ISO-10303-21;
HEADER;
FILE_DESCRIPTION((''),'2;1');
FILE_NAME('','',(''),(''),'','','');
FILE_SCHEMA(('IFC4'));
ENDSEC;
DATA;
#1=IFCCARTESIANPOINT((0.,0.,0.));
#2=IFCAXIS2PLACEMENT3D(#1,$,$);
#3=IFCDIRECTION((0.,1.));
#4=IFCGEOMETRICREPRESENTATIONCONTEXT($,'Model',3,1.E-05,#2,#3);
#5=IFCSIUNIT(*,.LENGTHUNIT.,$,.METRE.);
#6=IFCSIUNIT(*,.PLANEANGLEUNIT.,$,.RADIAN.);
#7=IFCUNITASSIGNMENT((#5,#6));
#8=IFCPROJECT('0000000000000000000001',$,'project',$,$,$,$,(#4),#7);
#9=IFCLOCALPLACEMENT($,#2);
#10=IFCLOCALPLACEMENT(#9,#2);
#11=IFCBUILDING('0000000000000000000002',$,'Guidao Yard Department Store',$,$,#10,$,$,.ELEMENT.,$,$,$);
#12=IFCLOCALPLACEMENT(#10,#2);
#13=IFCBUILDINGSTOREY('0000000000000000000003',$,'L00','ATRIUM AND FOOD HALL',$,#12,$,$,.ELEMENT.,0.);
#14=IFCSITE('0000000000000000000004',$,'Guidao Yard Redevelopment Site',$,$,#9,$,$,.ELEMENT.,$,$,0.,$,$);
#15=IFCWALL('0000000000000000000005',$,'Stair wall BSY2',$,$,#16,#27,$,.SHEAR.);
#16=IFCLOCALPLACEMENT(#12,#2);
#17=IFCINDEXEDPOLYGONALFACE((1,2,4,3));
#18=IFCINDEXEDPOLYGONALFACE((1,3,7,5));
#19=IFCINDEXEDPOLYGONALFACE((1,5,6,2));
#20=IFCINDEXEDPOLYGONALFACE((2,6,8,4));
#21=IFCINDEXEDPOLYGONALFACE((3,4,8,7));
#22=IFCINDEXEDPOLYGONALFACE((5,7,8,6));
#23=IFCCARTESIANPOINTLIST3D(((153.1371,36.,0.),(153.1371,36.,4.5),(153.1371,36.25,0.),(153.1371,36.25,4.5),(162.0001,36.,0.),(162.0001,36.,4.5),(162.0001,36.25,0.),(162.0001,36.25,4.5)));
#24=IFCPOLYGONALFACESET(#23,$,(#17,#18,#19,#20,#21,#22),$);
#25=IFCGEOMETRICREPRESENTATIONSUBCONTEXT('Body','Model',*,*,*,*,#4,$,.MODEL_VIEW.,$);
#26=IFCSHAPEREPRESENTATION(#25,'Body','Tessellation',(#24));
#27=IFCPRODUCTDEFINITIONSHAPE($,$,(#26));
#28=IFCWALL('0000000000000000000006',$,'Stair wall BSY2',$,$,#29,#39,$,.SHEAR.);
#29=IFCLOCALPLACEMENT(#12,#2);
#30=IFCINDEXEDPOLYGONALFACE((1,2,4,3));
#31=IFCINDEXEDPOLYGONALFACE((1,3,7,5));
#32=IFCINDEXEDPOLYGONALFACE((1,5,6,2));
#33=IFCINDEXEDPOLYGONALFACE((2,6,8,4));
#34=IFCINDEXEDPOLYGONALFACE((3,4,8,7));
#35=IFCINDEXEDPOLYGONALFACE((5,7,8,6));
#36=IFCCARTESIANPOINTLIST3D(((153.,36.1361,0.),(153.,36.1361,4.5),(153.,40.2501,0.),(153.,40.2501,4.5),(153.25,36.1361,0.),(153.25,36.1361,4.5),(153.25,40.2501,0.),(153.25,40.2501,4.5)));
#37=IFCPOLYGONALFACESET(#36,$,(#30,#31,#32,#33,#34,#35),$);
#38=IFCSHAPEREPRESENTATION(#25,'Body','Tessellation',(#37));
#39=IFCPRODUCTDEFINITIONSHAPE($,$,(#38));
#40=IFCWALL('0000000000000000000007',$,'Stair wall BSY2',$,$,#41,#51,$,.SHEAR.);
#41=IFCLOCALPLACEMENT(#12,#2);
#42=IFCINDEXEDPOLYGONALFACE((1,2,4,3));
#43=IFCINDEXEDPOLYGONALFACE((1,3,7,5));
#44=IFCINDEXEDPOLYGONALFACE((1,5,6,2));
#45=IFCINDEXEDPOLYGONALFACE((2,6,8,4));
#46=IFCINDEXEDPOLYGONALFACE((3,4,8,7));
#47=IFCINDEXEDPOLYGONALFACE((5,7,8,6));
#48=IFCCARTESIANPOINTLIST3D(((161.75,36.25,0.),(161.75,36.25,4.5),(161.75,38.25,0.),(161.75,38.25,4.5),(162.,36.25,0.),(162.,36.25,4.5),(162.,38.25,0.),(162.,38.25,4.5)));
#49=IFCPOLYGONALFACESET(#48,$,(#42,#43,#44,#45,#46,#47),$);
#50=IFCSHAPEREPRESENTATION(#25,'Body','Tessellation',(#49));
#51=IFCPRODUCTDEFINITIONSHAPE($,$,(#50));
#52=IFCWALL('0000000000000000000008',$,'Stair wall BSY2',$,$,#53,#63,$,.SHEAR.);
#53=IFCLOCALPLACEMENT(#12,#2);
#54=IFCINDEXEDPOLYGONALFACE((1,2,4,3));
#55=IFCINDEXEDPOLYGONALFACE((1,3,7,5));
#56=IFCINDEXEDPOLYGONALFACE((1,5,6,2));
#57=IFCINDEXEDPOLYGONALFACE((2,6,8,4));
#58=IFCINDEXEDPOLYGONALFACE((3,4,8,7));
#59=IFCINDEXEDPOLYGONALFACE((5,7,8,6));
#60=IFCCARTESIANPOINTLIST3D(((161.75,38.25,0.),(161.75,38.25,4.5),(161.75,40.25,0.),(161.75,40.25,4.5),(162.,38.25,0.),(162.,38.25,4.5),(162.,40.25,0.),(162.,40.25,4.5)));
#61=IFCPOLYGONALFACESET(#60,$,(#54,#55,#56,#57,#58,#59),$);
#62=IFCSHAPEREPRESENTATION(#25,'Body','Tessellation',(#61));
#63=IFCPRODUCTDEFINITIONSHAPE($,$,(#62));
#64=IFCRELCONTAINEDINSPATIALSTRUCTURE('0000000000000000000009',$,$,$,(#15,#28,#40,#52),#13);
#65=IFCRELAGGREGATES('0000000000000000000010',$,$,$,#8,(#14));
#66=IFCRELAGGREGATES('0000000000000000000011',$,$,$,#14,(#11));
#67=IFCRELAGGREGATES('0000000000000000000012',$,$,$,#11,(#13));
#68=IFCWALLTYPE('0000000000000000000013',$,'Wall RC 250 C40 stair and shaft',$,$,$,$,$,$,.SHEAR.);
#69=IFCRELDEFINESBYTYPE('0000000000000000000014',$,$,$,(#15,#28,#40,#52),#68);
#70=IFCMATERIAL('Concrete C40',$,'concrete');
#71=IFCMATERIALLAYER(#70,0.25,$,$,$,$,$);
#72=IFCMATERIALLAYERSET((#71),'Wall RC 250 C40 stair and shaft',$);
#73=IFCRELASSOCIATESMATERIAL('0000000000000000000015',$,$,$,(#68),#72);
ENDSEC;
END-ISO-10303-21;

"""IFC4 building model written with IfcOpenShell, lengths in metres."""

from ifc_helpers import new_model, si_unit, direction, frame, frame_2d, origin, place, context, subcontext, project, spatial, rectangle, extrude, material, layer, layer_set, type_object, element, save


model = new_model("IFC4")

# Units and contexts
model_context = context("Model", 3, precision=1e-05, world=origin(), true_north=direction((0.0, 1.0)))
body_context = subcontext(model_context, "Body", "Model", "MODEL_VIEW")
ifc_project = project(units=[si_unit("LENGTHUNIT", "METRE"), si_unit("PLANEANGLEUNIT", "RADIAN")], contexts=[model_context])

# Site, building, storey
site_placement = place(None, origin())
site = spatial("IfcSite", under=ifc_project, at=site_placement, Name="Guidao Yard Redevelopment Site", CompositionType="ELEMENT", RefElevation=0.0)
building_placement = place(site_placement, origin())
building = spatial("IfcBuilding", under=site, at=building_placement, Name="Guidao Yard Department Store", CompositionType="ELEMENT")
storey_placement = place(building_placement, origin())
storey = spatial("IfcBuildingStorey", under=building, at=storey_placement, Name="L00", Description="ATRIUM AND FOOD HALL", CompositionType="ELEMENT", Elevation=0.0)

# Walls
ifc_material_1 = material(Name="Concrete C40", Category="concrete")
ifc_layer_1 = layer(ifc_material_1, 0.25)
ifc_layer_set_1 = layer_set([ifc_layer_1], Name="Wall RC 250 C40 stair and shaft")
wall_type = type_object("IfcWallType", Name="Wall RC 250 C40 stair and shaft", PredefinedType="SHEAR", material=ifc_layer_set_1)
wall_1_placement = place(storey_placement, frame((153.137, 36.125, 0.0), z_axis=(0.0, 0.0, 1.0), x_axis=(1.0, 0.0, 0.0)))
element("IfcWall", 1, at=wall_1_placement, inside=storey, type_object=wall_type, Name="Stair wall BSY2", PredefinedType="SHEAR", context=body_context, shape_type="SweptSolid", body=[
    extrude(rectangle(XDim=8.863, YDim=0.25, at=frame_2d((4.4316, 0.0))), origin(), (0.0, 0.0, 1.0), 4.5),
])
wall_2_placement = place(storey_placement, frame((153.125, 36.136, 0.0), z_axis=(0.0, 0.0, 1.0), x_axis=(0.0, 1.0, 0.0)))
element("IfcWall", 2, at=wall_2_placement, inside=storey, type_object=wall_type, Name="Stair wall BSY2", PredefinedType="SHEAR", context=body_context, shape_type="SweptSolid", body=[
    extrude(rectangle(XDim=4.114, YDim=0.25, at=frame_2d((2.0571, 0.0))), origin(), (0.0, 0.0, 1.0), 4.5),
])
for number, where, z_axis, x_axis, name in (
    (3, (161.875, 36.25, 0.0), (0.0, 0.0, 1.0), (0.0, 1.0, 0.0), "Stair wall BSY2"),
    (4, (161.875, 38.25, 0.0), (0.0, 0.0, 1.0), (0.0, 1.0, 0.0), "Stair wall BSY2"),
):
    element("IfcWall", number, at=place(storey_placement, frame(where, z_axis=z_axis, x_axis=x_axis)), inside=storey, type_object=wall_type, Name=name, PredefinedType="SHEAR", context=body_context, shape_type="SweptSolid", body=[
        extrude(rectangle(XDim=2.0, YDim=0.25, at=frame_2d((1.0, 0.0))), origin(), (0.0, 0.0, 1.0), 4.5),
    ])

save(model, "model.ifc")
